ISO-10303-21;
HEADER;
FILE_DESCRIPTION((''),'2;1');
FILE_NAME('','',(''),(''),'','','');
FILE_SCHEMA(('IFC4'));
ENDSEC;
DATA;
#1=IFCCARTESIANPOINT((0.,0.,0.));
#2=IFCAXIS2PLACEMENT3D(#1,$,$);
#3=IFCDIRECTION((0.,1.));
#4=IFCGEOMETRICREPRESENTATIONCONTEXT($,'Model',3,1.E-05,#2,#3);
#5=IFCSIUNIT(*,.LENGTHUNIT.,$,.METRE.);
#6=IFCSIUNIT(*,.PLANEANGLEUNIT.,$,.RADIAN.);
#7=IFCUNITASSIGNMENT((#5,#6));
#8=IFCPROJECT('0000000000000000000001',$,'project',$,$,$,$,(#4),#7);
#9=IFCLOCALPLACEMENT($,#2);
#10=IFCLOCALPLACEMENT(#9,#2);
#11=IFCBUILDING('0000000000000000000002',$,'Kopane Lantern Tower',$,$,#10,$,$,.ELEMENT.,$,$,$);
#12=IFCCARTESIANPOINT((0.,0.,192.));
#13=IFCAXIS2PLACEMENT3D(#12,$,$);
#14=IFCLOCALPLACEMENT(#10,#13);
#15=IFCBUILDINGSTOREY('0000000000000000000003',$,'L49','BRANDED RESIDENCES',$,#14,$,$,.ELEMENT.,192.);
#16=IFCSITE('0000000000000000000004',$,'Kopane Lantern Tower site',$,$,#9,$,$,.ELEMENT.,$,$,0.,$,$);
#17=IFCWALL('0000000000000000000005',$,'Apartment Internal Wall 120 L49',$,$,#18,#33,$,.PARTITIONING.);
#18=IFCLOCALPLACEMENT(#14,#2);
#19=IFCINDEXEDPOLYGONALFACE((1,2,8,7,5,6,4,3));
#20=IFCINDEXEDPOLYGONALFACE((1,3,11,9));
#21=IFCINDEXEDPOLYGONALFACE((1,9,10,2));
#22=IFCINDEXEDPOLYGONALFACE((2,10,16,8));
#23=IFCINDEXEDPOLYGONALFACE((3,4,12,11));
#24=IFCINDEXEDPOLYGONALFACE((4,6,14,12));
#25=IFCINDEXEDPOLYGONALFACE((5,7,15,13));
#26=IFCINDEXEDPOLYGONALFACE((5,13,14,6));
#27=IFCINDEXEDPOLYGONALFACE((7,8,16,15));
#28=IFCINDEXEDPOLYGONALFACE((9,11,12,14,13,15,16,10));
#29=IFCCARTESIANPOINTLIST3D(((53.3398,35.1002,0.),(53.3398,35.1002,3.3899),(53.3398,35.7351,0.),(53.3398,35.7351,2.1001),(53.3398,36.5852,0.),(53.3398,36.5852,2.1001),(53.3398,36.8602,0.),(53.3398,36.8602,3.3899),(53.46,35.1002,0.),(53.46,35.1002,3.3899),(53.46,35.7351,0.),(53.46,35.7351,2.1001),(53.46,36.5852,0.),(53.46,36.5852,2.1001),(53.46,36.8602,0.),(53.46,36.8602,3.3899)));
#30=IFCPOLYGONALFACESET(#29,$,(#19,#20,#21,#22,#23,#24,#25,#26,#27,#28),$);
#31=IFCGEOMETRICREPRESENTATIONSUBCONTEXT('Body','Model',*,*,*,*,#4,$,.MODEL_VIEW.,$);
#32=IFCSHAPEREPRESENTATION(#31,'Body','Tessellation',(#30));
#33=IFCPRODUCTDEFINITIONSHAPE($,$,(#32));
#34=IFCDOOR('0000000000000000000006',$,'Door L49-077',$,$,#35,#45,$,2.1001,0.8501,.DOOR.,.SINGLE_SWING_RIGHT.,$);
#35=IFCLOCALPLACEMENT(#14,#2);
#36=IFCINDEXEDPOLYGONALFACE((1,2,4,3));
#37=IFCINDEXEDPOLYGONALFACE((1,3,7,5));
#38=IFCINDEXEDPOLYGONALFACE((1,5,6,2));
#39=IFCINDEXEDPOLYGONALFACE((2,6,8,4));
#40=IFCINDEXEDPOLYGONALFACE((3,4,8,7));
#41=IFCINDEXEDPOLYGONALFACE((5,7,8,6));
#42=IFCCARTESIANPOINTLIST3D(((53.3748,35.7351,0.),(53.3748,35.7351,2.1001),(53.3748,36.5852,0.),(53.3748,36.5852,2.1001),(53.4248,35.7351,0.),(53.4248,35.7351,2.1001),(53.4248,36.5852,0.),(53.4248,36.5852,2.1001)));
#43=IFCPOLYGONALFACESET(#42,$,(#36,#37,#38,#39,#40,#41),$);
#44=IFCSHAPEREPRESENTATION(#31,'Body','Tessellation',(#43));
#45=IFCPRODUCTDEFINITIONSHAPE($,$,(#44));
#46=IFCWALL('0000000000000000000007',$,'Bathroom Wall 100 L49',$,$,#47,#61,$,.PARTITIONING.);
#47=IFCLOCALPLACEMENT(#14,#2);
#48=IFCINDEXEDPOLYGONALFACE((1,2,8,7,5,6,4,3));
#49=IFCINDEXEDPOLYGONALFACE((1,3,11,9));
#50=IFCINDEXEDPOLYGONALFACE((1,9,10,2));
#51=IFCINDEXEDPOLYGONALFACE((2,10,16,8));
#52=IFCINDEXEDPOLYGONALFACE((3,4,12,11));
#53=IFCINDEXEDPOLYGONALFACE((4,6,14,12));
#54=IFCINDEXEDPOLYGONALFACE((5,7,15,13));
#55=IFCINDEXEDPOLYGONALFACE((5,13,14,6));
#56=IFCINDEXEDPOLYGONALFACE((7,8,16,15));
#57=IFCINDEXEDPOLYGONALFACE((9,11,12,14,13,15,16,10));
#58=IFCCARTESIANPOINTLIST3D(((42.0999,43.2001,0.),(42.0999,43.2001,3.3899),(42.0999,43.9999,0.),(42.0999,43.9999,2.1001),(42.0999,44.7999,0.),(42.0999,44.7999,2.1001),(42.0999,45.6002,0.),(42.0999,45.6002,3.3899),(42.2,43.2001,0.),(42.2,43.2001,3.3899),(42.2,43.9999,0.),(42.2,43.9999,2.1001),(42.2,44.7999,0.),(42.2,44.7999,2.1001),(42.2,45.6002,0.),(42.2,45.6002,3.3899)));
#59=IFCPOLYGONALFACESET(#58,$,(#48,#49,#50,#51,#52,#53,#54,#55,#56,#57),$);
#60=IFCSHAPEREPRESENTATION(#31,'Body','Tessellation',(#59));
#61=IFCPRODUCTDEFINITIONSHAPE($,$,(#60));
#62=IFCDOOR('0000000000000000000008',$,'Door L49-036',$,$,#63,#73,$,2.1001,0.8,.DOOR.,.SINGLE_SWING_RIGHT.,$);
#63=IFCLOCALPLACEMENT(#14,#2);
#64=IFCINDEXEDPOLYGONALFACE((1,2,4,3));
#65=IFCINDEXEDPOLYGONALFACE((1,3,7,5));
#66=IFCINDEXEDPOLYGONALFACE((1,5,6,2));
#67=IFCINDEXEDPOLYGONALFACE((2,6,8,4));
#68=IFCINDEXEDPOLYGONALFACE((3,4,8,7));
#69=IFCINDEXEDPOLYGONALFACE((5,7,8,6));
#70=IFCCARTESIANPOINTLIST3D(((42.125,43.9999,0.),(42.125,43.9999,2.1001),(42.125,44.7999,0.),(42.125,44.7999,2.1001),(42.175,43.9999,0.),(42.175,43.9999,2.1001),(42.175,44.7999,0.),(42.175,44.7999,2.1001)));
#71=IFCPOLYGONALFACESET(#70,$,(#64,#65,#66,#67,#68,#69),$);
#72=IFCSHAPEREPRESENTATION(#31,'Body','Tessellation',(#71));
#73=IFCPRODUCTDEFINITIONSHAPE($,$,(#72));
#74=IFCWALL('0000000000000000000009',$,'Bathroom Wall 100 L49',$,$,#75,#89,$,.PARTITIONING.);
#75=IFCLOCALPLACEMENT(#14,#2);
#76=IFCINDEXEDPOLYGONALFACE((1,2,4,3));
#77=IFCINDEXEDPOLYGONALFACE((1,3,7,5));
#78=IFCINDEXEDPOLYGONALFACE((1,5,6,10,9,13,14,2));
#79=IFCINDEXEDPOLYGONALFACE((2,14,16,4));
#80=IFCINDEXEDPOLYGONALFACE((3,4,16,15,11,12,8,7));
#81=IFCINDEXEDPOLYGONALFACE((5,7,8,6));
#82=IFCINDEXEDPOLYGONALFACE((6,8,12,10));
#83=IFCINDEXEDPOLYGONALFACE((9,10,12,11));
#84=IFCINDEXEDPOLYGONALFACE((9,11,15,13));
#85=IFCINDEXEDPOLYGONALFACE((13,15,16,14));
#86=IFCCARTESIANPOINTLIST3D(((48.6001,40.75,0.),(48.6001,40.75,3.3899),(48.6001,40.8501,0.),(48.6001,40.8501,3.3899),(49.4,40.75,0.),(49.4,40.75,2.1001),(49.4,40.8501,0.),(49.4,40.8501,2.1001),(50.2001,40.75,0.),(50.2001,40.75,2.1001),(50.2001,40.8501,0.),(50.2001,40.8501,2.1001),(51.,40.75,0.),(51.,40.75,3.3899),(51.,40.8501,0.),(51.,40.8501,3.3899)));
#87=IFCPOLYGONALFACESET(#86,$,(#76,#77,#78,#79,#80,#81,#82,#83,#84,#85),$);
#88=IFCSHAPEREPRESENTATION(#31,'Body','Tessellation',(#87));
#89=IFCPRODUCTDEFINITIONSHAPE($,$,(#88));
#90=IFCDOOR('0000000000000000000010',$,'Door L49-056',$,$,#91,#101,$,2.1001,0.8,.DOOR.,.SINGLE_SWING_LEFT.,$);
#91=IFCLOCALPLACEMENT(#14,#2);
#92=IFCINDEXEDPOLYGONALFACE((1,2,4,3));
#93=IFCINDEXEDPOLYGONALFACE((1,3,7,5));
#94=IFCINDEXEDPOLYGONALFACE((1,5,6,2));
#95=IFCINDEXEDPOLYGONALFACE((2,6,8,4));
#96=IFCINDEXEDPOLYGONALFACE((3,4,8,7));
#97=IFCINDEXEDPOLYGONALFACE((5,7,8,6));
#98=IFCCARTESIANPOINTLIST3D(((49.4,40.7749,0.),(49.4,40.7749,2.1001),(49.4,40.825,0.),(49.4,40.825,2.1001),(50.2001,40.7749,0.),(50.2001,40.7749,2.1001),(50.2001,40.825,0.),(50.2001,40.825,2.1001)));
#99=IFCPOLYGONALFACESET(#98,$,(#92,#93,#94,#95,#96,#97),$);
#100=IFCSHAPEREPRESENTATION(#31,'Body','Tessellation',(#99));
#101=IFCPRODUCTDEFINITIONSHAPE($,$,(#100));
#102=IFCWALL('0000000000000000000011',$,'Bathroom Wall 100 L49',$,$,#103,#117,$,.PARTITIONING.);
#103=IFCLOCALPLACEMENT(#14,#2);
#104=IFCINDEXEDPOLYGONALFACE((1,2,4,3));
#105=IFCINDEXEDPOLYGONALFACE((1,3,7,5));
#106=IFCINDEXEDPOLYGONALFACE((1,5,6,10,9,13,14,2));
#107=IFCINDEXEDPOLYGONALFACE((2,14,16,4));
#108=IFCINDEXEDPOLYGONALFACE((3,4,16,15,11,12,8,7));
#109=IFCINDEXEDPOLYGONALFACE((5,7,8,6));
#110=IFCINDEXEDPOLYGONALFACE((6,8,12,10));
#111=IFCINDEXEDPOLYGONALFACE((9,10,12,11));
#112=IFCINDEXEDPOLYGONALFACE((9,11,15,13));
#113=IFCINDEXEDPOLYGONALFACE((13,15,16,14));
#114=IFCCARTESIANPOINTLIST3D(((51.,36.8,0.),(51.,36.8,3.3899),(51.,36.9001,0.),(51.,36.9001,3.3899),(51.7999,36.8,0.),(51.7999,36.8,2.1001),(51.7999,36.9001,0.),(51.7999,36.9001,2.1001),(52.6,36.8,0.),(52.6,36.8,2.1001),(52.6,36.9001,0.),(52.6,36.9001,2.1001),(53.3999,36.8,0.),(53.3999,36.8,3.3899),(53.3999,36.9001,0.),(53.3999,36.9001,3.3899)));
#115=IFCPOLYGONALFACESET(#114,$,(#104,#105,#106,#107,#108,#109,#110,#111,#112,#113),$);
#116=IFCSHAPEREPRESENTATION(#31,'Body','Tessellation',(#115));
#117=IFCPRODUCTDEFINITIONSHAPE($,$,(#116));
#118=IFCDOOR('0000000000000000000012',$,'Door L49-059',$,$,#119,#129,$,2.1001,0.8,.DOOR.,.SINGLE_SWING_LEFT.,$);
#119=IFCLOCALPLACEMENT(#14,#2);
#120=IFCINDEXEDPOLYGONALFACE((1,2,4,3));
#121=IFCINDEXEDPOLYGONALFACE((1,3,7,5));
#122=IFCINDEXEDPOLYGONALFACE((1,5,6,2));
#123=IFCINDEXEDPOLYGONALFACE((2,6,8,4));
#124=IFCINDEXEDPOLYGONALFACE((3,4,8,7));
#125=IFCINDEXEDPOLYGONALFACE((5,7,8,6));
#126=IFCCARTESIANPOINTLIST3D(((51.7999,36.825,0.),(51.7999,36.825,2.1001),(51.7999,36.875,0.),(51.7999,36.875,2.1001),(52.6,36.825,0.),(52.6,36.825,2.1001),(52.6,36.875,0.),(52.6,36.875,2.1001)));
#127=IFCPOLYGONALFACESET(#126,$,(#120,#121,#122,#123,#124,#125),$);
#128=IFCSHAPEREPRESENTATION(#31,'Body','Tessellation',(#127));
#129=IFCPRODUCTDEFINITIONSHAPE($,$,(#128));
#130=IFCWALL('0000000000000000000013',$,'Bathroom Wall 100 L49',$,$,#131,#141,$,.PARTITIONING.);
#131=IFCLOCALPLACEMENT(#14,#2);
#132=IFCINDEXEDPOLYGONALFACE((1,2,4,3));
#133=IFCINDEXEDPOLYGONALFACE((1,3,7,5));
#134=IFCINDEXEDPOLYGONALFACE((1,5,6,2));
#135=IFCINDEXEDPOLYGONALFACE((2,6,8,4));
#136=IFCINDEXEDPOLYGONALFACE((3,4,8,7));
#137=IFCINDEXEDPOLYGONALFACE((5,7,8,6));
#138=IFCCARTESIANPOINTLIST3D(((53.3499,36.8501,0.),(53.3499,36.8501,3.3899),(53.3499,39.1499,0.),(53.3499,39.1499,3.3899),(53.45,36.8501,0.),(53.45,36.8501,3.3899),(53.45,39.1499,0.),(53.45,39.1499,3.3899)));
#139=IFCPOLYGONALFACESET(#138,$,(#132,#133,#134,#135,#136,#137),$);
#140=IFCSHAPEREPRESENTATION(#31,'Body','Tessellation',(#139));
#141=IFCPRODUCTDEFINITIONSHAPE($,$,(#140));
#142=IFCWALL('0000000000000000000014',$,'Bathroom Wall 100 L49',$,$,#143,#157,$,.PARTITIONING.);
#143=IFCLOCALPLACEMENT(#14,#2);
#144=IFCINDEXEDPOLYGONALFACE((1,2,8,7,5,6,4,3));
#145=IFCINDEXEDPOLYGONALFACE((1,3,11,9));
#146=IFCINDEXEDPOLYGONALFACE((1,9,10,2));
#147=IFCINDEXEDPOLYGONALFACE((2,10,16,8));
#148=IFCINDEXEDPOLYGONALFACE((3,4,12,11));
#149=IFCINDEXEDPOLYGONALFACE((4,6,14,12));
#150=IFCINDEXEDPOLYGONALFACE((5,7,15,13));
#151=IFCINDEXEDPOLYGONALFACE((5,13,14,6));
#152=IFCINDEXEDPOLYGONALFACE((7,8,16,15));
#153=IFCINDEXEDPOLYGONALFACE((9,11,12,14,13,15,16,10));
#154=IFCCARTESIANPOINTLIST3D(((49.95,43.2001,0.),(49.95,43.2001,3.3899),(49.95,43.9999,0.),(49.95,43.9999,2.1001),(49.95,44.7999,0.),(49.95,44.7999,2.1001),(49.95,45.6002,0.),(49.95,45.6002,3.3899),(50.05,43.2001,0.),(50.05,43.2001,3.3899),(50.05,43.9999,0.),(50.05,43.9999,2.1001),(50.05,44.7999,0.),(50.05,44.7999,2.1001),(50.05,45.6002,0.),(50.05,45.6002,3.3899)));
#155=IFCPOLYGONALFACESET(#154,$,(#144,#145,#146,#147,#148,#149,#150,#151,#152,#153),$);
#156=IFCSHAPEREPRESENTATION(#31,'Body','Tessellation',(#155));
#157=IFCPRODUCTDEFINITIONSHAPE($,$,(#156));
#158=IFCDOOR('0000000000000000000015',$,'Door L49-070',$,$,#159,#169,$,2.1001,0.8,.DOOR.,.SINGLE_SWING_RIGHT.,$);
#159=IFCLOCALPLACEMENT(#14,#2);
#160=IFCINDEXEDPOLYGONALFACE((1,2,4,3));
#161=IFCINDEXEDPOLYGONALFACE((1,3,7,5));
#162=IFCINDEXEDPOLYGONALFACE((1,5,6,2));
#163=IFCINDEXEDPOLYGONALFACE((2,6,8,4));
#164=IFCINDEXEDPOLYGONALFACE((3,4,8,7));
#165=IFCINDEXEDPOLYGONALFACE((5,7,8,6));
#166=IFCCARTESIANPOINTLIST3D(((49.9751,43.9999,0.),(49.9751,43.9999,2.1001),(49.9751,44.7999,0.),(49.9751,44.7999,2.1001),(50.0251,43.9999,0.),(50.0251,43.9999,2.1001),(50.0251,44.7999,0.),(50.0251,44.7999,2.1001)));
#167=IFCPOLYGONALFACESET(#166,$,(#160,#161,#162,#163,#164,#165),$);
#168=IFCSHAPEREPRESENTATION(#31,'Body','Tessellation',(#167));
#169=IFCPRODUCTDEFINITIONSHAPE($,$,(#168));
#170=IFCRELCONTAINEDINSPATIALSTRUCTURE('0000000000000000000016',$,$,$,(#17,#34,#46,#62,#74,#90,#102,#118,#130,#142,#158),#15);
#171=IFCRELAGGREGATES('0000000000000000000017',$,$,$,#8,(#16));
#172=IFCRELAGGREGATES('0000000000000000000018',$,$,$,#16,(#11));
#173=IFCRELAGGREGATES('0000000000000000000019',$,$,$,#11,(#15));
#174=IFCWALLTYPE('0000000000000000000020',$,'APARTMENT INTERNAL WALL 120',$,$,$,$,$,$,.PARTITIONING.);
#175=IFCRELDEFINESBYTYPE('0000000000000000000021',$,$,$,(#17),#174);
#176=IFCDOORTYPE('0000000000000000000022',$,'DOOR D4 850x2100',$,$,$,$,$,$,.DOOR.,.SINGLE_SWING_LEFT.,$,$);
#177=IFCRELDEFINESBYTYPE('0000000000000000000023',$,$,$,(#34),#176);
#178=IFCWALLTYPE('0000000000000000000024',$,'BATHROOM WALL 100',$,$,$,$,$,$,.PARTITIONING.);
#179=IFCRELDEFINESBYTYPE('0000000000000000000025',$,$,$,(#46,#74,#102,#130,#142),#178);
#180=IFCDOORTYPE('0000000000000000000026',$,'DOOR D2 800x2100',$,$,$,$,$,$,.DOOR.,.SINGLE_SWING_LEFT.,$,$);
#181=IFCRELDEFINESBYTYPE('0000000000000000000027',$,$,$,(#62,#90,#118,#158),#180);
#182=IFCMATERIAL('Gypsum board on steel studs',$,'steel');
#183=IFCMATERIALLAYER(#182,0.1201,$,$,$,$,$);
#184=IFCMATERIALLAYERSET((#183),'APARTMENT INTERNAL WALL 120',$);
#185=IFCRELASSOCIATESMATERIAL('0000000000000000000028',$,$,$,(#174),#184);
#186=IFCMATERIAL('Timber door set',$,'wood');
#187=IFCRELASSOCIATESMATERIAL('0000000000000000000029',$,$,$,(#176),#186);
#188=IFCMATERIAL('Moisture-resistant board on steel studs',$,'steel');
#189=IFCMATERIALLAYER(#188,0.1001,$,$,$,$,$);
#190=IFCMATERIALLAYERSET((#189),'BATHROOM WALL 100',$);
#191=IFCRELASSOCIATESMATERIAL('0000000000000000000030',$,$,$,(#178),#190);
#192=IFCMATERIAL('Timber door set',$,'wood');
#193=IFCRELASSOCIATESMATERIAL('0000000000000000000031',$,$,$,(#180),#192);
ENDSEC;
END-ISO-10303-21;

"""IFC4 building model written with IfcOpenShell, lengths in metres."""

from ifc_helpers import new_model, si_unit, direction, frame, frame_2d, origin, place, context, subcontext, project, spatial, rectangle, extrude, material, layer, layer_set, type_object, element, fill, save


model = new_model("IFC4")

# Units and contexts
model_context = context("Model", 3, precision=1e-05, world=origin(), true_north=direction((0.0, 1.0)))
body_context = subcontext(model_context, "Body", "Model", "MODEL_VIEW")
ifc_project = project(units=[si_unit("LENGTHUNIT", "METRE"), si_unit("PLANEANGLEUNIT", "RADIAN")], contexts=[model_context])

# Site, building, storey
site_placement = place(None, origin())
site = spatial("IfcSite", under=ifc_project, at=site_placement, Name="Kopane Lantern Tower site", CompositionType="ELEMENT", RefElevation=0.0)
building_placement = place(site_placement, origin())
building = spatial("IfcBuilding", under=site, at=building_placement, Name="Kopane Lantern Tower", CompositionType="ELEMENT")
storey_placement = place(building_placement, frame((0.0, 0.0, 192.0)))
storey = spatial("IfcBuildingStorey", under=building, at=storey_placement, Name="L49", Description="BRANDED RESIDENCES", CompositionType="ELEMENT", Elevation=192.0)

# Shared definitions
ifc_material_1 = material(Name="Gypsum board on steel studs", Category="steel")
ifc_layer_1 = layer(ifc_material_1, 0.1201)
ifc_layer_set_1 = layer_set([ifc_layer_1], Name="APARTMENT INTERNAL WALL 120")
wall_type_1 = type_object("IfcWallType", Name="APARTMENT INTERNAL WALL 120", PredefinedType="PARTITIONING", material=ifc_layer_set_1)

# Walls, openings, doors
wall_1_placement = place(storey_placement, frame((53.3999, 36.8601, 0.0), z_axis=(0.0, 0.0, 1.0), x_axis=(0.0, -1.0, 0.0)))
wall_1 = element("IfcWall", 1, at=wall_1_placement, inside=storey, type_object=wall_type_1, Name="Apartment Internal Wall 120 L49", PredefinedType="PARTITIONING", context=body_context, shape_type="SweptSolid", body=[
    extrude(rectangle(XDim=1.76, YDim=0.1201, at=frame_2d((0.8799, 0.0))), origin(), (0.0, 0.0, 1.0), 3.3899),
])
opening_1_placement = place(wall_1_placement, frame((0.2749, 0.0, 0.0)))
opening_1 = element("IfcOpeningElement", 2, at=opening_1_placement, cuts=wall_1, PredefinedType="OPENING", context=body_context, shape_type="SweptSolid", body=[
    extrude(rectangle(XDim=0.8501, YDim=2.1001, at=frame_2d((0.425, 1.05))), frame((0.0, 0.0701, 0.0), z_axis=(0.0, -1.0, 0.0), x_axis=(1.0, 0.0, 0.0)), (0.0, 0.0, 1.0), 0.1401),
])
ifc_material_2 = material(Name="Timber door set", Category="wood")
door_type_1 = type_object("IfcDoorType", Name="DOOR D4 850x2100", OperationType="SINGLE_SWING_LEFT", PredefinedType="DOOR", material=ifc_material_2)
door_1_placement = place(opening_1_placement, origin())
door_1 = element("IfcDoor", 3, at=door_1_placement, inside=storey, type_object=door_type_1, Name="Door L49-077", OperationType="SINGLE_SWING_RIGHT", OverallHeight=2.1001, OverallWidth=0.8501, PredefinedType="DOOR", context=body_context, shape_type="SweptSolid", body=[
    extrude(rectangle(XDim=0.8501, YDim=2.1001, at=frame_2d((0.425, 1.05))), frame((0.0, 0.0249, 0.0), z_axis=(0.0, -1.0, 0.0), x_axis=(1.0, 0.0, 0.0)), (0.0, 0.0, 1.0), 0.05),
])
fill(opening_1, door_1)
ifc_material_3 = material(Name="Moisture-resistant board on steel studs", Category="steel")
ifc_layer_2 = layer(ifc_material_3, 0.1001)
ifc_layer_set_2 = layer_set([ifc_layer_2], Name="BATHROOM WALL 100")
wall_type_2 = type_object("IfcWallType", Name="BATHROOM WALL 100", PredefinedType="PARTITIONING", material=ifc_layer_set_2)
wall_2_placement = place(storey_placement, frame((42.1499, 43.2, 0.0), z_axis=(0.0, 0.0, 1.0), x_axis=(0.0, 1.0, 0.0)))
wall_2 = element("IfcWall", 4, at=wall_2_placement, inside=storey, type_object=wall_type_2, Name="Bathroom Wall 100 L49", PredefinedType="PARTITIONING", context=body_context, shape_type="SweptSolid", body=[
    extrude(rectangle(XDim=2.4001, YDim=0.1001, at=frame_2d((1.2002, 0.0))), origin(), (0.0, 0.0, 1.0), 3.3899),
])
opening_2_placement = place(wall_2_placement, frame((0.8, 0.0, 0.0)))
opening_2 = element("IfcOpeningElement", 5, at=opening_2_placement, cuts=wall_2, PredefinedType="OPENING", context=body_context, shape_type="SweptSolid", body=[
    extrude(rectangle(XDim=0.8, YDim=2.1001, at=frame_2d((0.3999, 1.05))), frame((0.0, 0.0601, 0.0), z_axis=(0.0, -1.0, 0.0), x_axis=(1.0, 0.0, 0.0)), (0.0, 0.0, 1.0), 0.1201),
])
ifc_material_4 = material(Name="Timber door set", Category="wood")
door_type_2 = type_object("IfcDoorType", Name="DOOR D2 800x2100", OperationType="SINGLE_SWING_LEFT", PredefinedType="DOOR", material=ifc_material_4)
door_2_placement = place(opening_2_placement, origin())
door_2 = element("IfcDoor", 6, at=door_2_placement, inside=storey, type_object=door_type_2, Name="Door L49-036", OperationType="SINGLE_SWING_RIGHT", OverallHeight=2.1001, OverallWidth=0.8, PredefinedType="DOOR", context=body_context, shape_type="SweptSolid", body=[
    extrude(rectangle(XDim=0.8, YDim=2.1001, at=frame_2d((0.3999, 1.05))), frame((0.0, 0.0249, 0.0), z_axis=(0.0, -1.0, 0.0), x_axis=(1.0, 0.0, 0.0)), (0.0, 0.0, 1.0), 0.05),
])
fill(opening_2, door_2)
wall_3_placement = place(storey_placement, frame((48.6001, 40.8, 0.0), z_axis=(0.0, 0.0, 1.0), x_axis=(1.0, 0.0, 0.0)))
wall_3 = element("IfcWall", 7, at=wall_3_placement, inside=storey, type_object=wall_type_2, Name="Bathroom Wall 100 L49", PredefinedType="PARTITIONING", context=body_context, shape_type="SweptSolid", body=[
    extrude(rectangle(XDim=2.3999, YDim=0.1001, at=frame_2d((1.2, 0.0))), origin(), (0.0, 0.0, 1.0), 3.3899),
])
opening_3_placement = place(wall_3_placement, frame((0.8, 0.0, 0.0)))
opening_3 = element("IfcOpeningElement", 8, at=opening_3_placement, cuts=wall_3, PredefinedType="OPENING", context=body_context, shape_type="SweptSolid", body=[
    extrude(rectangle(XDim=0.8, YDim=2.1001, at=frame_2d((0.3999, 1.05))), frame((0.0, 0.0601, 0.0), z_axis=(0.0, -1.0, 0.0), x_axis=(1.0, 0.0, 0.0)), (0.0, 0.0, 1.0), 0.1201),
])
door_3_placement = place(opening_3_placement, origin())
door_3 = element("IfcDoor", 9, at=door_3_placement, inside=storey, type_object=door_type_2, Name="Door L49-056", OperationType="SINGLE_SWING_LEFT", OverallHeight=2.1001, OverallWidth=0.8, PredefinedType="DOOR", context=body_context, shape_type="SweptSolid", body=[
    extrude(rectangle(XDim=0.8, YDim=2.1001, at=frame_2d((0.3999, 1.05))), frame((0.0, 0.0249, 0.0), z_axis=(0.0, -1.0, 0.0), x_axis=(1.0, 0.0, 0.0)), (0.0, 0.0, 1.0), 0.05),
])
fill(opening_3, door_3)
wall_4_placement = place(storey_placement, frame((51.0, 36.8501, 0.0), z_axis=(0.0, 0.0, 1.0), x_axis=(1.0, 0.0, 0.0)))
wall_4 = element("IfcWall", 10, at=wall_4_placement, inside=storey, type_object=wall_type_2, Name="Bathroom Wall 100 L49", PredefinedType="PARTITIONING", context=body_context, shape_type="SweptSolid", body=[
    extrude(rectangle(XDim=2.3999, YDim=0.1001, at=frame_2d((1.2, 0.0))), origin(), (0.0, 0.0, 1.0), 3.3899),
])
opening_4_placement = place(wall_4_placement, frame((0.8, 0.0, 0.0)))
opening_4 = element("IfcOpeningElement", 11, at=opening_4_placement, cuts=wall_4, PredefinedType="OPENING", context=body_context, shape_type="SweptSolid", body=[
    extrude(rectangle(XDim=0.8, YDim=2.1001, at=frame_2d((0.3999, 1.05))), frame((0.0, 0.0601, 0.0), z_axis=(0.0, -1.0, 0.0), x_axis=(1.0, 0.0, 0.0)), (0.0, 0.0, 1.0), 0.1201),
])
door_4_placement = place(opening_4_placement, origin())
door_4 = element("IfcDoor", 12, at=door_4_placement, inside=storey, type_object=door_type_2, Name="Door L49-059", OperationType="SINGLE_SWING_LEFT", OverallHeight=2.1001, OverallWidth=0.8, PredefinedType="DOOR", context=body_context, shape_type="SweptSolid", body=[
    extrude(rectangle(XDim=0.8, YDim=2.1001, at=frame_2d((0.3999, 1.05))), frame((0.0, 0.0249, 0.0), z_axis=(0.0, -1.0, 0.0), x_axis=(1.0, 0.0, 0.0)), (0.0, 0.0, 1.0), 0.05),
])
fill(opening_4, door_4)

# Wall
wall_5_placement = place(storey_placement, frame((53.3999, 36.8501, 0.0), z_axis=(0.0, 0.0, 1.0), x_axis=(0.0, 1.0, 0.0)))
element("IfcWall", 13, at=wall_5_placement, inside=storey, type_object=wall_type_2, Name="Bathroom Wall 100 L49", PredefinedType="PARTITIONING", context=body_context, shape_type="SweptSolid", body=[
    extrude(rectangle(XDim=2.2998, YDim=0.1001, at=frame_2d((1.1499, 0.0))), origin(), (0.0, 0.0, 1.0), 3.3899),
])

# Wall, opening, door
wall_6_placement = place(storey_placement, frame((50.0, 43.2, 0.0), z_axis=(0.0, 0.0, 1.0), x_axis=(0.0, 1.0, 0.0)))
wall_6 = element("IfcWall", 14, at=wall_6_placement, inside=storey, type_object=wall_type_2, Name="Bathroom Wall 100 L49", PredefinedType="PARTITIONING", context=body_context, shape_type="SweptSolid", body=[
    extrude(rectangle(XDim=2.4001, YDim=0.1001, at=frame_2d((1.2002, 0.0))), origin(), (0.0, 0.0, 1.0), 3.3899),
])
opening_5_placement = place(wall_6_placement, frame((0.8, 0.0, 0.0)))
opening_5 = element("IfcOpeningElement", 15, at=opening_5_placement, cuts=wall_6, PredefinedType="OPENING", context=body_context, shape_type="SweptSolid", body=[
    extrude(rectangle(XDim=0.8, YDim=2.1001, at=frame_2d((0.3999, 1.05))), frame((0.0, 0.0601, 0.0), z_axis=(0.0, -1.0, 0.0), x_axis=(1.0, 0.0, 0.0)), (0.0, 0.0, 1.0), 0.1201),
])
door_5_placement = place(opening_5_placement, origin())
door_5 = element("IfcDoor", 16, at=door_5_placement, inside=storey, type_object=door_type_2, Name="Door L49-070", OperationType="SINGLE_SWING_RIGHT", OverallHeight=2.1001, OverallWidth=0.8, PredefinedType="DOOR", context=body_context, shape_type="SweptSolid", body=[
    extrude(rectangle(XDim=0.8, YDim=2.1001, at=frame_2d((0.3999, 1.05))), frame((0.0, 0.0249, 0.0), z_axis=(0.0, -1.0, 0.0), x_axis=(1.0, 0.0, 0.0)), (0.0, 0.0, 1.0), 0.05),
])
fill(opening_5, door_5)

save(model, "model.ifc")
